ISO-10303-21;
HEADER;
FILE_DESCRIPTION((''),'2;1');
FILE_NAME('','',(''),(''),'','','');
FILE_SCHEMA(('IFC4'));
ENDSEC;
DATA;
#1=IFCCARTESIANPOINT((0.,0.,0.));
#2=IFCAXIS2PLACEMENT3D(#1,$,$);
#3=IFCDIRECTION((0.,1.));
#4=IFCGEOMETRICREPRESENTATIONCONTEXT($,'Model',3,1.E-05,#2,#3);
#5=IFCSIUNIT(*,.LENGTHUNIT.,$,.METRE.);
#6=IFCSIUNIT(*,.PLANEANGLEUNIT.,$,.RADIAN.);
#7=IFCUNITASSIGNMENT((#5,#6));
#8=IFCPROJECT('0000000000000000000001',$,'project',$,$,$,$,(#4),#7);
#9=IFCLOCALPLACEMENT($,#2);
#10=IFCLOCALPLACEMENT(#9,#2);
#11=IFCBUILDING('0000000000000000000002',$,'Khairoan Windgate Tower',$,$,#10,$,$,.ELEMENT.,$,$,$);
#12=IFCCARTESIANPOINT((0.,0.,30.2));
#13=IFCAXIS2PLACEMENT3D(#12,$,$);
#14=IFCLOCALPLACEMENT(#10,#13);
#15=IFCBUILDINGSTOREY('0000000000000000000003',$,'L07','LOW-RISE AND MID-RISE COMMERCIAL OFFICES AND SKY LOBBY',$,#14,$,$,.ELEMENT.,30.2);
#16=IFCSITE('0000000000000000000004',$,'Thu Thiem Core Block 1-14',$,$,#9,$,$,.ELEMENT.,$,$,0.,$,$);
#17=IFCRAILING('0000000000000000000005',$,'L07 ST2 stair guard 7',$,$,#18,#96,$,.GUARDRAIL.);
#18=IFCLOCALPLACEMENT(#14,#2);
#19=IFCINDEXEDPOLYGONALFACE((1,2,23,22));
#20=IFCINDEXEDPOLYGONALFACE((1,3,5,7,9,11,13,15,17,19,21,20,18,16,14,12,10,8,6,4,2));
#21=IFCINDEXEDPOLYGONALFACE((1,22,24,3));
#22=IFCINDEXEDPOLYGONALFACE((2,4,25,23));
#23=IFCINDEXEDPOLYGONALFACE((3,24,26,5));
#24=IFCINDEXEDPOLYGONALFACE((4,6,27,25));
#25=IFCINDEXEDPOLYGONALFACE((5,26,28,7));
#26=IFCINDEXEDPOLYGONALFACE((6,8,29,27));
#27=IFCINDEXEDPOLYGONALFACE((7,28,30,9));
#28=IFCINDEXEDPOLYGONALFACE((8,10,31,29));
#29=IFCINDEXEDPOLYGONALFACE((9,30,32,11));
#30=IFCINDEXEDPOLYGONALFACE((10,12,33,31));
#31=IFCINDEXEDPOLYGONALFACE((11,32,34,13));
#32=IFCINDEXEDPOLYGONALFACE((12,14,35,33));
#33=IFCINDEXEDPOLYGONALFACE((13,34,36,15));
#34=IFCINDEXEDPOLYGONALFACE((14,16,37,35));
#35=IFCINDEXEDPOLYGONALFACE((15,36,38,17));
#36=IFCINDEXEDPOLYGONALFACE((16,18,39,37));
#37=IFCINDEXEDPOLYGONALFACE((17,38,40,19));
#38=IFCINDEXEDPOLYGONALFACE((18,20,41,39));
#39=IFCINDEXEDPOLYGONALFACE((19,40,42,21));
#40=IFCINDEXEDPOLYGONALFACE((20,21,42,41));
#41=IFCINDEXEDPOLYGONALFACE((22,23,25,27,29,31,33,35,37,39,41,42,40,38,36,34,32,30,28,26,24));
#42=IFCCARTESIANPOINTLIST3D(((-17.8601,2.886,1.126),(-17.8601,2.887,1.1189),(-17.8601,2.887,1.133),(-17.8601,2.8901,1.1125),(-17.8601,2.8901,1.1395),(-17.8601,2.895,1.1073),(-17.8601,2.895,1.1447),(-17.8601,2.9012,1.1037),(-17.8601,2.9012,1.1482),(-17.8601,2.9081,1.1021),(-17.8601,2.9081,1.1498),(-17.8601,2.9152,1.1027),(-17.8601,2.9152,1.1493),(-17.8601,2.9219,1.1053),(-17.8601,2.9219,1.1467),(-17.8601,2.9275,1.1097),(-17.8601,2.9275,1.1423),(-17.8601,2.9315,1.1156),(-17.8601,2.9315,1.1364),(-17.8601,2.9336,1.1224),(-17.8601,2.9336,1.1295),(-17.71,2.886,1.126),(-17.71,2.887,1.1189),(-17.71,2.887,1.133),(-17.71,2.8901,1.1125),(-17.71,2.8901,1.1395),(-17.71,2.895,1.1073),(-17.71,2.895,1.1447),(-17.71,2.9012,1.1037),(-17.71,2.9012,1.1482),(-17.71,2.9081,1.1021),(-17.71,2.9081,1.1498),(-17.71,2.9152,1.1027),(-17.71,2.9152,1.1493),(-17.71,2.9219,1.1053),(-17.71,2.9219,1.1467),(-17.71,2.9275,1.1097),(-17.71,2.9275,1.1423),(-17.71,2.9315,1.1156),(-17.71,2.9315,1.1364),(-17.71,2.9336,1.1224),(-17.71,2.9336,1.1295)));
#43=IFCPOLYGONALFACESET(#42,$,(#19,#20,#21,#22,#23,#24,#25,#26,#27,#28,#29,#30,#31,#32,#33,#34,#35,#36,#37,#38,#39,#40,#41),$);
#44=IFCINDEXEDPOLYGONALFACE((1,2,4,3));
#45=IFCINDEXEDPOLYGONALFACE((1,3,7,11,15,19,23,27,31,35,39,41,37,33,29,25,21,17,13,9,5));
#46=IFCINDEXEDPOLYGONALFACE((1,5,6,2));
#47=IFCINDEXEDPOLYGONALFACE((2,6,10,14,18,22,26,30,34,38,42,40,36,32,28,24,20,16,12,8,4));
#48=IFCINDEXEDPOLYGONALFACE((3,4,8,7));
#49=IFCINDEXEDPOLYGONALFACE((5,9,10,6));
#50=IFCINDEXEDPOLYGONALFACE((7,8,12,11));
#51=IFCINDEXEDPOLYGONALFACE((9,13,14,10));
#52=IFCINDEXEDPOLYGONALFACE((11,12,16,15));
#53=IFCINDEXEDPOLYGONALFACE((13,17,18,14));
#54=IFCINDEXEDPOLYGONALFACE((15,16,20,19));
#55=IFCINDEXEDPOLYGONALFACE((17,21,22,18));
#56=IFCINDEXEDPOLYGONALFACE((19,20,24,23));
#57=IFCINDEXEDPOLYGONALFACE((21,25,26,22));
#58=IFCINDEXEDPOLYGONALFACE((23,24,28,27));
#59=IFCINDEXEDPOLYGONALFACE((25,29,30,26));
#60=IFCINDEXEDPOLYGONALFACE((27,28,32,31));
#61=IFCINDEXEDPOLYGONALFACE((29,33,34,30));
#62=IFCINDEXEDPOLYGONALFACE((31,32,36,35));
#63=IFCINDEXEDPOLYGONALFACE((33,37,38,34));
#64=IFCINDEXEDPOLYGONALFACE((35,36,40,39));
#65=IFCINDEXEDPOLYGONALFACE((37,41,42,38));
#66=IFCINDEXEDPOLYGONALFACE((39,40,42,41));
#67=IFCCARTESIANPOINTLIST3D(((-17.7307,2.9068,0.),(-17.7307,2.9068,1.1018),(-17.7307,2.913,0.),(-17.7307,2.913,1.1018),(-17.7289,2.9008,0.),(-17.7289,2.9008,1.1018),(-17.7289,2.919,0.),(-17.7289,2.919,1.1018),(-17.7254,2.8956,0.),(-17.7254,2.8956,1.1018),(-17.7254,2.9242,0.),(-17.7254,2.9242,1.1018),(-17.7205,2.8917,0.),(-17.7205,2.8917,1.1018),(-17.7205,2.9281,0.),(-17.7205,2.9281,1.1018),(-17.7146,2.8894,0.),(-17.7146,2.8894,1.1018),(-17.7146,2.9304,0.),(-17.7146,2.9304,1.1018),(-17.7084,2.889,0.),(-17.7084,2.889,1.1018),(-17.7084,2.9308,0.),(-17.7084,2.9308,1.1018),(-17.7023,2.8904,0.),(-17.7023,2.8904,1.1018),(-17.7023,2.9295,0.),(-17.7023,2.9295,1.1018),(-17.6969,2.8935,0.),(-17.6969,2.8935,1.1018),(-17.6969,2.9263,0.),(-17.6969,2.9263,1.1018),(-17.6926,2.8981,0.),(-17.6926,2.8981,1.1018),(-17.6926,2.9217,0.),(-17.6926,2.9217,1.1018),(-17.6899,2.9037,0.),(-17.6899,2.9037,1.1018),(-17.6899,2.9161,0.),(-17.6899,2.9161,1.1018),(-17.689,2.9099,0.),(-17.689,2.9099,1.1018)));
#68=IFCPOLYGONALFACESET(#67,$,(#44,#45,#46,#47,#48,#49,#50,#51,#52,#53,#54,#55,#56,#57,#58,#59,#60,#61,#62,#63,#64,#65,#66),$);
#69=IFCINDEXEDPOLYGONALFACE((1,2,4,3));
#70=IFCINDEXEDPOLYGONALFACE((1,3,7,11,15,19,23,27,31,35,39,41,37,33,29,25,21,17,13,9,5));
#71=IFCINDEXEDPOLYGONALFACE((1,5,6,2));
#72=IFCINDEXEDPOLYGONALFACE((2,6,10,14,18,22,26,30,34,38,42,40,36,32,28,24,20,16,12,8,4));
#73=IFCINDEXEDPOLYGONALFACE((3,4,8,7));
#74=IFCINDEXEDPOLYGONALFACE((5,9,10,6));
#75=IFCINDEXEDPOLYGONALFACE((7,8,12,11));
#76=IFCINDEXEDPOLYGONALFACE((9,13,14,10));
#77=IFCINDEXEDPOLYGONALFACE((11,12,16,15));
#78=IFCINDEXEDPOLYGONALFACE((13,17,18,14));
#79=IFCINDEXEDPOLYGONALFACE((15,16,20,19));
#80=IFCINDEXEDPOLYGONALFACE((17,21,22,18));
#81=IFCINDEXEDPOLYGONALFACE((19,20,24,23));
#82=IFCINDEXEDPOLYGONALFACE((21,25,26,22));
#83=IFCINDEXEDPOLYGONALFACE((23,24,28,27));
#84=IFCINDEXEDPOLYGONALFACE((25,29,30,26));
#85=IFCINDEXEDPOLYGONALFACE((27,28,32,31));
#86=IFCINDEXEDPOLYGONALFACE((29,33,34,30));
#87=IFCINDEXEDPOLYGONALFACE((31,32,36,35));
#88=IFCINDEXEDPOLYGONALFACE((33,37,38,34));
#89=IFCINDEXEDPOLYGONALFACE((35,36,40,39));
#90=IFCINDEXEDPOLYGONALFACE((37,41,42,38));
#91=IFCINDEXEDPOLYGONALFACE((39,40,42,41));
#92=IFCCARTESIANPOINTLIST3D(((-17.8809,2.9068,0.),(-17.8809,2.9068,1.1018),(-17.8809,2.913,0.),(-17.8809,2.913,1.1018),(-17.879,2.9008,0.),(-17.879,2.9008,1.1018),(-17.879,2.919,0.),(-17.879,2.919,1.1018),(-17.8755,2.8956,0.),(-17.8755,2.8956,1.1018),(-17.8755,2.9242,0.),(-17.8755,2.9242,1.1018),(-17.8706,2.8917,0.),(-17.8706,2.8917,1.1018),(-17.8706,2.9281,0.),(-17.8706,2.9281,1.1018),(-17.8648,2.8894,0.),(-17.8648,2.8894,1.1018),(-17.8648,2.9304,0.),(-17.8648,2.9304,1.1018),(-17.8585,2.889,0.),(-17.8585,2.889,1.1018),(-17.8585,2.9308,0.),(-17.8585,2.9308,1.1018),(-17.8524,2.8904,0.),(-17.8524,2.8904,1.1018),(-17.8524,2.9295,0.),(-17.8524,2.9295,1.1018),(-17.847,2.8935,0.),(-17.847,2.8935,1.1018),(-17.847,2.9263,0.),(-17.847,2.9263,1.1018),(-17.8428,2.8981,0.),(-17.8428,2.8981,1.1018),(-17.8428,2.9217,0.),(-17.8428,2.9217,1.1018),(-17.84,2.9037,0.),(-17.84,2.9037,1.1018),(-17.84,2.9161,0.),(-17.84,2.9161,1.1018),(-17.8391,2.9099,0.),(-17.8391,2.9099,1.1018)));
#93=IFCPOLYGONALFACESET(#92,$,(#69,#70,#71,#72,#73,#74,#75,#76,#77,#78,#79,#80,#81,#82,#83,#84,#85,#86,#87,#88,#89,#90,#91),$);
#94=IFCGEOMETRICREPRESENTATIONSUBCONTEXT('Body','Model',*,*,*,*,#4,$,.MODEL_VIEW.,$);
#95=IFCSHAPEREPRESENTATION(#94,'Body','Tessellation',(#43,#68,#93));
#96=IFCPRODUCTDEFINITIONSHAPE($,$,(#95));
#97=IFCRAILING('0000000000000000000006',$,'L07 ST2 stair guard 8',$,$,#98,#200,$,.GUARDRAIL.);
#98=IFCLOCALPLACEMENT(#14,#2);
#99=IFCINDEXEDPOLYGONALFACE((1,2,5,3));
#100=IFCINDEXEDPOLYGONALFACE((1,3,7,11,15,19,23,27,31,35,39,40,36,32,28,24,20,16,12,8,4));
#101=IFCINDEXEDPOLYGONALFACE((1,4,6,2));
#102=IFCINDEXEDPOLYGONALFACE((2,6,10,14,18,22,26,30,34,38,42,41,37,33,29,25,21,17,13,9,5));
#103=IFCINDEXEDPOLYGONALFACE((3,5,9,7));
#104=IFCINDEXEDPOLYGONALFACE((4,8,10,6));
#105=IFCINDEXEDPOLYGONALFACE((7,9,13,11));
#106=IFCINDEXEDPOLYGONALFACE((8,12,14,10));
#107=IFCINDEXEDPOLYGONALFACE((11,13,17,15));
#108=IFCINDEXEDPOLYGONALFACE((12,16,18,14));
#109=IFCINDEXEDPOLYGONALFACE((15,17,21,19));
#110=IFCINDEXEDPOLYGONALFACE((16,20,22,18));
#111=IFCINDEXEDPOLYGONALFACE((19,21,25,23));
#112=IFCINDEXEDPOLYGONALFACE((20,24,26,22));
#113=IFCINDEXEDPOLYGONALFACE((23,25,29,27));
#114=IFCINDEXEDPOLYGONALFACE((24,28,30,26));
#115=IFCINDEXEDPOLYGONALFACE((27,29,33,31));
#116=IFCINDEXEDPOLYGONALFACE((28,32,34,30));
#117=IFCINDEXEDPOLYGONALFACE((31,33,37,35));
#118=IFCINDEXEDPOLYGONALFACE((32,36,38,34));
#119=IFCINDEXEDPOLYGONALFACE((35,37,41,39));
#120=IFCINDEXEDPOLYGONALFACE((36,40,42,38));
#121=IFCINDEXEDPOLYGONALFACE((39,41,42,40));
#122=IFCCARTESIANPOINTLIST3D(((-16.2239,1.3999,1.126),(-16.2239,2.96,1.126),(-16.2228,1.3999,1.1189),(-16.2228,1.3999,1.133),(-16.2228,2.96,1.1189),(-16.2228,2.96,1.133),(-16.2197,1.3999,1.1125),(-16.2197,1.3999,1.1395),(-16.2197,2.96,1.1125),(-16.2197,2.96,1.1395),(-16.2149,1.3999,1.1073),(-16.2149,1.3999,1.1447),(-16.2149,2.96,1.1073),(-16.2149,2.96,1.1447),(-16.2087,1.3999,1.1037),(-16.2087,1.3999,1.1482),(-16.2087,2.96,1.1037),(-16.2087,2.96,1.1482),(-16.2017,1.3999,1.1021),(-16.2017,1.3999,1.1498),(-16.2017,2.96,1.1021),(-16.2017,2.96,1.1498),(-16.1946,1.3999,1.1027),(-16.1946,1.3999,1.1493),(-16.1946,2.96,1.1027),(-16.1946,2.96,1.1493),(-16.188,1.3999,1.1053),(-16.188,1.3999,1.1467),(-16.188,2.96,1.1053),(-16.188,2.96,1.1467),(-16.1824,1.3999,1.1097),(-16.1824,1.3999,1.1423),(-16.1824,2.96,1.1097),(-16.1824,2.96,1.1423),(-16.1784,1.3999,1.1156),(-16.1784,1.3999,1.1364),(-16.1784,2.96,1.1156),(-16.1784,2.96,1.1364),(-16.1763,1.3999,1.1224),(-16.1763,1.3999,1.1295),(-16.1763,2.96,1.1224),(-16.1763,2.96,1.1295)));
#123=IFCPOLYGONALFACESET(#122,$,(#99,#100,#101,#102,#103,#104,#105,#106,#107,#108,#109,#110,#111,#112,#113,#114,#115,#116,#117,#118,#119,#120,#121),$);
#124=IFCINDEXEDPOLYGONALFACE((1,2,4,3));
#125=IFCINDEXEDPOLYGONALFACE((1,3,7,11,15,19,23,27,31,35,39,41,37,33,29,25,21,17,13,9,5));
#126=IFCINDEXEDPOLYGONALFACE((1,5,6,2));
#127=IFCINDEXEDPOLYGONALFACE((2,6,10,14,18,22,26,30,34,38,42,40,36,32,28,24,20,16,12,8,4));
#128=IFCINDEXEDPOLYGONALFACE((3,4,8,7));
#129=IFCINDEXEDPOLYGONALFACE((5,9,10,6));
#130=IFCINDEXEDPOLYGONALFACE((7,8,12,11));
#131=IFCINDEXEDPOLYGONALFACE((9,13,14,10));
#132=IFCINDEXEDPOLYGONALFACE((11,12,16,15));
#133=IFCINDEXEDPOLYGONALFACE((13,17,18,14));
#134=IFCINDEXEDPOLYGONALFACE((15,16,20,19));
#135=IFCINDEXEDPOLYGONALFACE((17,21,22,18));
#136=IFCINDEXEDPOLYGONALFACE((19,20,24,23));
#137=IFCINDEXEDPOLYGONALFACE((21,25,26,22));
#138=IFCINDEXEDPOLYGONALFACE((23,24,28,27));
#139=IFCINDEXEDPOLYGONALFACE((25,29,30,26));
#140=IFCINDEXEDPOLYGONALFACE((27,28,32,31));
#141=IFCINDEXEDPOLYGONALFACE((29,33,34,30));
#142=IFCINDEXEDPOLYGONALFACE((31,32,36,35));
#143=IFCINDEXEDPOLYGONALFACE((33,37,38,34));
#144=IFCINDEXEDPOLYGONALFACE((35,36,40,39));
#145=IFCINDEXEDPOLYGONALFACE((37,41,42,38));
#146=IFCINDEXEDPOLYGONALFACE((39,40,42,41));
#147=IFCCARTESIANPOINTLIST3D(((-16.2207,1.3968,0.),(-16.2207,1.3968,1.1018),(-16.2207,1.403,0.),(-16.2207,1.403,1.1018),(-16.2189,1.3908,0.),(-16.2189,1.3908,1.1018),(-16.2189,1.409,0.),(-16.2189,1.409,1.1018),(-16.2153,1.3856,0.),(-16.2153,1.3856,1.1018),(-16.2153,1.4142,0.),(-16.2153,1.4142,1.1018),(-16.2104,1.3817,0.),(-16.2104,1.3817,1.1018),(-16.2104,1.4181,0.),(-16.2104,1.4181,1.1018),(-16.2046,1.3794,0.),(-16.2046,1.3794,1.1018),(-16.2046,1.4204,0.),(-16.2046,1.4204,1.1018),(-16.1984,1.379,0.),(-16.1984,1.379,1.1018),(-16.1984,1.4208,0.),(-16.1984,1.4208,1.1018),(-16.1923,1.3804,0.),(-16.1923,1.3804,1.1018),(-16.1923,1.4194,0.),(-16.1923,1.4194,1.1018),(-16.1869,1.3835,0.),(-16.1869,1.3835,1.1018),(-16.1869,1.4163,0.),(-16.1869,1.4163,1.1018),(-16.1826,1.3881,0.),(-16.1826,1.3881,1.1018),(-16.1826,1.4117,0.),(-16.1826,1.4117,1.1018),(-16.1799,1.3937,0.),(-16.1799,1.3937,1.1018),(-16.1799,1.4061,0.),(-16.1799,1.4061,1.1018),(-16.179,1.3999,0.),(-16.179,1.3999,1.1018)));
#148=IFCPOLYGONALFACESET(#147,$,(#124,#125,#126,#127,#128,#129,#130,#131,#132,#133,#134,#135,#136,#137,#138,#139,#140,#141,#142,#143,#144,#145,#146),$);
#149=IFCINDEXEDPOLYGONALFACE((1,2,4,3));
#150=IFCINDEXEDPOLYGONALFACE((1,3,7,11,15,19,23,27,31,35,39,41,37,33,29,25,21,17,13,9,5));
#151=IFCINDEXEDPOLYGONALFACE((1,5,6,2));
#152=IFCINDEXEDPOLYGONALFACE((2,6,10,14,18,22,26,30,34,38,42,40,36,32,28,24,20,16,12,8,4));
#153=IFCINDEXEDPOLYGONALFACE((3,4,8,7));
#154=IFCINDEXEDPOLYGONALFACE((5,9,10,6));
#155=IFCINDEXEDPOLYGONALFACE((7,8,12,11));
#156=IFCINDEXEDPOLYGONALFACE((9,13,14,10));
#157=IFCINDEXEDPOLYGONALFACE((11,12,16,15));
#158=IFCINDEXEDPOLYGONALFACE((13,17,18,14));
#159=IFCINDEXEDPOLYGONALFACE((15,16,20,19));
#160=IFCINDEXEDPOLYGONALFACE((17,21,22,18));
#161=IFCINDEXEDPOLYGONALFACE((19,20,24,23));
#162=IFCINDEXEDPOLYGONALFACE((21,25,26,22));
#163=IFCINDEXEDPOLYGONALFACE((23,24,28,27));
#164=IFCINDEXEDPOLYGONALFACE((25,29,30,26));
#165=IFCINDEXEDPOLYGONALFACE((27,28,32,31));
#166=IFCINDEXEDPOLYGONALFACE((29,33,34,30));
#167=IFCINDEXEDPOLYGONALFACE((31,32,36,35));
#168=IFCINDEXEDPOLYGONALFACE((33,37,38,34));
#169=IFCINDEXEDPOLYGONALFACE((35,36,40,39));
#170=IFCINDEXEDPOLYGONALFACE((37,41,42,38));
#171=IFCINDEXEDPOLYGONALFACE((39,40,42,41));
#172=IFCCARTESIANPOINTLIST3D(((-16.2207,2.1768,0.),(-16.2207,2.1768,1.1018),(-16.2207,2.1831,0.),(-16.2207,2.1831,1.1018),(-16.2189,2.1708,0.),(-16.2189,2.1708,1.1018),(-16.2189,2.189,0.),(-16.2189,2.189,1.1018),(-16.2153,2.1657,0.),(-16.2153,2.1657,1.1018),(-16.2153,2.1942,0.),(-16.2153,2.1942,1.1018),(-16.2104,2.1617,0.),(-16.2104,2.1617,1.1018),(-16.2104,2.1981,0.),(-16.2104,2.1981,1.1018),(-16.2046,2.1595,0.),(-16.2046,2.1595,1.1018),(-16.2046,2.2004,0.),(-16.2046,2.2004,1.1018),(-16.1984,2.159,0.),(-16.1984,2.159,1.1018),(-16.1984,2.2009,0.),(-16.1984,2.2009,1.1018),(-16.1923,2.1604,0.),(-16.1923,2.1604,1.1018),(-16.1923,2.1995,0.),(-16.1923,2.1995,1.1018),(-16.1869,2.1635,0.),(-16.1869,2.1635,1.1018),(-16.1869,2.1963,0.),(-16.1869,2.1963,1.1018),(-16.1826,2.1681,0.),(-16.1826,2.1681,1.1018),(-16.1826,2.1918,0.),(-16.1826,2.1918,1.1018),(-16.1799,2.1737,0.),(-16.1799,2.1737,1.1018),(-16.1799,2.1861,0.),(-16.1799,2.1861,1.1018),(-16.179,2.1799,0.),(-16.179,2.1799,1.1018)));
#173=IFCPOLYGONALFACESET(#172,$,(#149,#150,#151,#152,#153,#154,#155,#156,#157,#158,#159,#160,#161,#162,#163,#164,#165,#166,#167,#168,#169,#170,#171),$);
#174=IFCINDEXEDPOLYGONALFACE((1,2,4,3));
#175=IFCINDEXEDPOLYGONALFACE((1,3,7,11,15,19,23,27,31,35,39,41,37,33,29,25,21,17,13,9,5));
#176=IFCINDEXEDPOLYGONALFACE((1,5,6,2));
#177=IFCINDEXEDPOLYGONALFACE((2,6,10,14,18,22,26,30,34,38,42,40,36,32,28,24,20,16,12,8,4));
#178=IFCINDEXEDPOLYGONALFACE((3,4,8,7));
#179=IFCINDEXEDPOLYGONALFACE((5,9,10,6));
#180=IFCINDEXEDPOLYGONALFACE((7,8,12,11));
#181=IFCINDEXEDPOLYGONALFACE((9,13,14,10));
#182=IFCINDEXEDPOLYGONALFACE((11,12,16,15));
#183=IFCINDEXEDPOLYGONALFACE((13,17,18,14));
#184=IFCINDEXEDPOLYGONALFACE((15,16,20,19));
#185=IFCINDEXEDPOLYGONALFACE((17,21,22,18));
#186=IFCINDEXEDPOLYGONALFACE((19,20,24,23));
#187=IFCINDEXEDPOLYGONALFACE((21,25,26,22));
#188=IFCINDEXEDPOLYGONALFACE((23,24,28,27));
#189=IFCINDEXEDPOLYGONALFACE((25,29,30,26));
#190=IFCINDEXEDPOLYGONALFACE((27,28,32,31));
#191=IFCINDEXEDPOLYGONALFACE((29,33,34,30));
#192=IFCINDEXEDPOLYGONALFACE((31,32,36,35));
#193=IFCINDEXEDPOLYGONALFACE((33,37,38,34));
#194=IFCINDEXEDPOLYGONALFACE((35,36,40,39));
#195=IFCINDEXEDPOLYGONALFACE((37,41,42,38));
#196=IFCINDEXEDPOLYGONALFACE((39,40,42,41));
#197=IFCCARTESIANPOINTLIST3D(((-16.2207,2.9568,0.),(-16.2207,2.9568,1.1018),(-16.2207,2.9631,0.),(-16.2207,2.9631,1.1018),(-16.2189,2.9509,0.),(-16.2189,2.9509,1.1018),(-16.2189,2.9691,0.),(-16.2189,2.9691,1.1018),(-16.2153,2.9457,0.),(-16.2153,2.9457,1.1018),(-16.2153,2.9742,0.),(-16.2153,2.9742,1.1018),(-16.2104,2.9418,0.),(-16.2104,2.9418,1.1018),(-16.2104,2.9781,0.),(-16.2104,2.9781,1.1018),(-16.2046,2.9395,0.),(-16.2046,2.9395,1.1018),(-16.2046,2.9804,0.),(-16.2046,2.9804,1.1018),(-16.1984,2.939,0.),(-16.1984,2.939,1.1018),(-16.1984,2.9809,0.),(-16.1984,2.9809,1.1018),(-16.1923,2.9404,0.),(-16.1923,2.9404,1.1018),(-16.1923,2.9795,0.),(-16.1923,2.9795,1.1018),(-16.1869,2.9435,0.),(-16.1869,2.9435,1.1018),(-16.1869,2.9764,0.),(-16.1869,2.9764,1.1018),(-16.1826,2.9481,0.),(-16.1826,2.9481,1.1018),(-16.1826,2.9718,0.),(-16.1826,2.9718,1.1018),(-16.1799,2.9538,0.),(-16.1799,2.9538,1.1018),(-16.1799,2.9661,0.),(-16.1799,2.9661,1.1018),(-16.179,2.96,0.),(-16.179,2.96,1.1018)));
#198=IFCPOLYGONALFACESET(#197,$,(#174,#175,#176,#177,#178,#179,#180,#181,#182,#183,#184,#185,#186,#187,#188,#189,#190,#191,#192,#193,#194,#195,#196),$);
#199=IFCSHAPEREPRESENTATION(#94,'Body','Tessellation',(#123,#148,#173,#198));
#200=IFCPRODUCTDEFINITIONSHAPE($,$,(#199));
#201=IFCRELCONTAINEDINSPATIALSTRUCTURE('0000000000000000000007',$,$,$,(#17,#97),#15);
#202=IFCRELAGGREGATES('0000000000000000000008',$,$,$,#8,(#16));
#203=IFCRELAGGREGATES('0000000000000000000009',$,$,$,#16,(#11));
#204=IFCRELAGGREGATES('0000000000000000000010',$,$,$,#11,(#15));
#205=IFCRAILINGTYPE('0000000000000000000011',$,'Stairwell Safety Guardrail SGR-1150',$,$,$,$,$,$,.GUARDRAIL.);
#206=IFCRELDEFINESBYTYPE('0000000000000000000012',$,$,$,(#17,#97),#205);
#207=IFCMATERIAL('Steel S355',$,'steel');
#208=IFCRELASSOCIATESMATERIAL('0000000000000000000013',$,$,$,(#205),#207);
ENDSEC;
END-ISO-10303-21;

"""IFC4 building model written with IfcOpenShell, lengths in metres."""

from ifc_helpers import new_model, si_unit, direction, frame, origin, origin_2d, place, context, subcontext, project, spatial, circle, extrude, material, type_object, element, save


model = new_model("IFC4")

# Units and contexts
model_context = context("Model", 3, precision=1e-05, world=origin(), true_north=direction((0.0, 1.0)))
body_context = subcontext(model_context, "Body", "Model", "MODEL_VIEW")
ifc_project = project(units=[si_unit("LENGTHUNIT", "METRE"), si_unit("PLANEANGLEUNIT", "RADIAN")], contexts=[model_context])

# Site, building, storey
site_placement = place(None, origin())
site = spatial("IfcSite", under=ifc_project, at=site_placement, Name="Thu Thiem Core Block 1-14", CompositionType="ELEMENT", RefElevation=0.0)
building_placement = place(site_placement, origin())
building = spatial("IfcBuilding", under=site, at=building_placement, Name="Khairoan Windgate Tower", CompositionType="ELEMENT")
storey_placement = place(building_placement, frame((0.0, 0.0, 30.2)))
storey = spatial("IfcBuildingStorey", under=building, at=storey_placement, Name="L07", Description="LOW-RISE AND MID-RISE COMMERCIAL OFFICES AND SKY LOBBY", CompositionType="ELEMENT", Elevation=30.2)

# Railings
ifc_material_1 = material(Name="Steel S355", Category="steel")
railing_type_1 = type_object("IfcRailingType", Name="Stairwell Safety Guardrail SGR-1150", PredefinedType="GUARDRAIL", material=ifc_material_1)
railing_1_placement = place(storey_placement, frame((-17.71, 2.9099, 0.0)))
element("IfcRailing", 1, at=railing_1_placement, inside=storey, type_object=railing_type_1, Name="L07 ST2 stair guard 7", PredefinedType="GUARDRAIL", context=body_context, shape_type="SweptSolid", body=[
    extrude(circle(Radius=0.0239, at=origin_2d()), frame((0.0, 0.0, 1.126), z_axis=(-1.0, 0.0, 0.0), x_axis=(0.0, -1.0, 0.0)), (0.0, 0.0, 1.0), 0.1501),
    extrude(circle(Radius=0.021, at=origin_2d()), origin(), (0.0, 0.0, 1.0), 1.1018),
    extrude(circle(Radius=0.021, at=origin_2d()), frame((-0.1501, 0.0, 0.0)), (0.0, 0.0, 1.0), 1.1018),
])
for number, where, name in (
    (2, (-16.2, 1.3999, 0.0), "L07 ST2 stair guard 8"),
):
    element("IfcRailing", number, at=place(storey_placement, frame(where)), inside=storey, type_object=railing_type_1, Name=name, PredefinedType="GUARDRAIL", context=body_context, shape_type="SweptSolid", body=[
        extrude(circle(Radius=0.0239, at=origin_2d()), frame((0.0, 0.0, 1.126), z_axis=(0.0, 1.0, 0.0), x_axis=(-1.0, 0.0, 0.0)), (0.0, 0.0, 1.0), 1.5601),
        extrude(circle(Radius=0.021, at=origin_2d()), origin(), (0.0, 0.0, 1.0), 1.1018),
        extrude(circle(Radius=0.021, at=origin_2d()), frame((0.0, 0.78, 0.0)), (0.0, 0.0, 1.0), 1.1018),
        extrude(circle(Radius=0.021, at=origin_2d()), frame((0.0, 1.5601, 0.0)), (0.0, 0.0, 1.0), 1.1018),
    ])

save(model, "model.ifc")
